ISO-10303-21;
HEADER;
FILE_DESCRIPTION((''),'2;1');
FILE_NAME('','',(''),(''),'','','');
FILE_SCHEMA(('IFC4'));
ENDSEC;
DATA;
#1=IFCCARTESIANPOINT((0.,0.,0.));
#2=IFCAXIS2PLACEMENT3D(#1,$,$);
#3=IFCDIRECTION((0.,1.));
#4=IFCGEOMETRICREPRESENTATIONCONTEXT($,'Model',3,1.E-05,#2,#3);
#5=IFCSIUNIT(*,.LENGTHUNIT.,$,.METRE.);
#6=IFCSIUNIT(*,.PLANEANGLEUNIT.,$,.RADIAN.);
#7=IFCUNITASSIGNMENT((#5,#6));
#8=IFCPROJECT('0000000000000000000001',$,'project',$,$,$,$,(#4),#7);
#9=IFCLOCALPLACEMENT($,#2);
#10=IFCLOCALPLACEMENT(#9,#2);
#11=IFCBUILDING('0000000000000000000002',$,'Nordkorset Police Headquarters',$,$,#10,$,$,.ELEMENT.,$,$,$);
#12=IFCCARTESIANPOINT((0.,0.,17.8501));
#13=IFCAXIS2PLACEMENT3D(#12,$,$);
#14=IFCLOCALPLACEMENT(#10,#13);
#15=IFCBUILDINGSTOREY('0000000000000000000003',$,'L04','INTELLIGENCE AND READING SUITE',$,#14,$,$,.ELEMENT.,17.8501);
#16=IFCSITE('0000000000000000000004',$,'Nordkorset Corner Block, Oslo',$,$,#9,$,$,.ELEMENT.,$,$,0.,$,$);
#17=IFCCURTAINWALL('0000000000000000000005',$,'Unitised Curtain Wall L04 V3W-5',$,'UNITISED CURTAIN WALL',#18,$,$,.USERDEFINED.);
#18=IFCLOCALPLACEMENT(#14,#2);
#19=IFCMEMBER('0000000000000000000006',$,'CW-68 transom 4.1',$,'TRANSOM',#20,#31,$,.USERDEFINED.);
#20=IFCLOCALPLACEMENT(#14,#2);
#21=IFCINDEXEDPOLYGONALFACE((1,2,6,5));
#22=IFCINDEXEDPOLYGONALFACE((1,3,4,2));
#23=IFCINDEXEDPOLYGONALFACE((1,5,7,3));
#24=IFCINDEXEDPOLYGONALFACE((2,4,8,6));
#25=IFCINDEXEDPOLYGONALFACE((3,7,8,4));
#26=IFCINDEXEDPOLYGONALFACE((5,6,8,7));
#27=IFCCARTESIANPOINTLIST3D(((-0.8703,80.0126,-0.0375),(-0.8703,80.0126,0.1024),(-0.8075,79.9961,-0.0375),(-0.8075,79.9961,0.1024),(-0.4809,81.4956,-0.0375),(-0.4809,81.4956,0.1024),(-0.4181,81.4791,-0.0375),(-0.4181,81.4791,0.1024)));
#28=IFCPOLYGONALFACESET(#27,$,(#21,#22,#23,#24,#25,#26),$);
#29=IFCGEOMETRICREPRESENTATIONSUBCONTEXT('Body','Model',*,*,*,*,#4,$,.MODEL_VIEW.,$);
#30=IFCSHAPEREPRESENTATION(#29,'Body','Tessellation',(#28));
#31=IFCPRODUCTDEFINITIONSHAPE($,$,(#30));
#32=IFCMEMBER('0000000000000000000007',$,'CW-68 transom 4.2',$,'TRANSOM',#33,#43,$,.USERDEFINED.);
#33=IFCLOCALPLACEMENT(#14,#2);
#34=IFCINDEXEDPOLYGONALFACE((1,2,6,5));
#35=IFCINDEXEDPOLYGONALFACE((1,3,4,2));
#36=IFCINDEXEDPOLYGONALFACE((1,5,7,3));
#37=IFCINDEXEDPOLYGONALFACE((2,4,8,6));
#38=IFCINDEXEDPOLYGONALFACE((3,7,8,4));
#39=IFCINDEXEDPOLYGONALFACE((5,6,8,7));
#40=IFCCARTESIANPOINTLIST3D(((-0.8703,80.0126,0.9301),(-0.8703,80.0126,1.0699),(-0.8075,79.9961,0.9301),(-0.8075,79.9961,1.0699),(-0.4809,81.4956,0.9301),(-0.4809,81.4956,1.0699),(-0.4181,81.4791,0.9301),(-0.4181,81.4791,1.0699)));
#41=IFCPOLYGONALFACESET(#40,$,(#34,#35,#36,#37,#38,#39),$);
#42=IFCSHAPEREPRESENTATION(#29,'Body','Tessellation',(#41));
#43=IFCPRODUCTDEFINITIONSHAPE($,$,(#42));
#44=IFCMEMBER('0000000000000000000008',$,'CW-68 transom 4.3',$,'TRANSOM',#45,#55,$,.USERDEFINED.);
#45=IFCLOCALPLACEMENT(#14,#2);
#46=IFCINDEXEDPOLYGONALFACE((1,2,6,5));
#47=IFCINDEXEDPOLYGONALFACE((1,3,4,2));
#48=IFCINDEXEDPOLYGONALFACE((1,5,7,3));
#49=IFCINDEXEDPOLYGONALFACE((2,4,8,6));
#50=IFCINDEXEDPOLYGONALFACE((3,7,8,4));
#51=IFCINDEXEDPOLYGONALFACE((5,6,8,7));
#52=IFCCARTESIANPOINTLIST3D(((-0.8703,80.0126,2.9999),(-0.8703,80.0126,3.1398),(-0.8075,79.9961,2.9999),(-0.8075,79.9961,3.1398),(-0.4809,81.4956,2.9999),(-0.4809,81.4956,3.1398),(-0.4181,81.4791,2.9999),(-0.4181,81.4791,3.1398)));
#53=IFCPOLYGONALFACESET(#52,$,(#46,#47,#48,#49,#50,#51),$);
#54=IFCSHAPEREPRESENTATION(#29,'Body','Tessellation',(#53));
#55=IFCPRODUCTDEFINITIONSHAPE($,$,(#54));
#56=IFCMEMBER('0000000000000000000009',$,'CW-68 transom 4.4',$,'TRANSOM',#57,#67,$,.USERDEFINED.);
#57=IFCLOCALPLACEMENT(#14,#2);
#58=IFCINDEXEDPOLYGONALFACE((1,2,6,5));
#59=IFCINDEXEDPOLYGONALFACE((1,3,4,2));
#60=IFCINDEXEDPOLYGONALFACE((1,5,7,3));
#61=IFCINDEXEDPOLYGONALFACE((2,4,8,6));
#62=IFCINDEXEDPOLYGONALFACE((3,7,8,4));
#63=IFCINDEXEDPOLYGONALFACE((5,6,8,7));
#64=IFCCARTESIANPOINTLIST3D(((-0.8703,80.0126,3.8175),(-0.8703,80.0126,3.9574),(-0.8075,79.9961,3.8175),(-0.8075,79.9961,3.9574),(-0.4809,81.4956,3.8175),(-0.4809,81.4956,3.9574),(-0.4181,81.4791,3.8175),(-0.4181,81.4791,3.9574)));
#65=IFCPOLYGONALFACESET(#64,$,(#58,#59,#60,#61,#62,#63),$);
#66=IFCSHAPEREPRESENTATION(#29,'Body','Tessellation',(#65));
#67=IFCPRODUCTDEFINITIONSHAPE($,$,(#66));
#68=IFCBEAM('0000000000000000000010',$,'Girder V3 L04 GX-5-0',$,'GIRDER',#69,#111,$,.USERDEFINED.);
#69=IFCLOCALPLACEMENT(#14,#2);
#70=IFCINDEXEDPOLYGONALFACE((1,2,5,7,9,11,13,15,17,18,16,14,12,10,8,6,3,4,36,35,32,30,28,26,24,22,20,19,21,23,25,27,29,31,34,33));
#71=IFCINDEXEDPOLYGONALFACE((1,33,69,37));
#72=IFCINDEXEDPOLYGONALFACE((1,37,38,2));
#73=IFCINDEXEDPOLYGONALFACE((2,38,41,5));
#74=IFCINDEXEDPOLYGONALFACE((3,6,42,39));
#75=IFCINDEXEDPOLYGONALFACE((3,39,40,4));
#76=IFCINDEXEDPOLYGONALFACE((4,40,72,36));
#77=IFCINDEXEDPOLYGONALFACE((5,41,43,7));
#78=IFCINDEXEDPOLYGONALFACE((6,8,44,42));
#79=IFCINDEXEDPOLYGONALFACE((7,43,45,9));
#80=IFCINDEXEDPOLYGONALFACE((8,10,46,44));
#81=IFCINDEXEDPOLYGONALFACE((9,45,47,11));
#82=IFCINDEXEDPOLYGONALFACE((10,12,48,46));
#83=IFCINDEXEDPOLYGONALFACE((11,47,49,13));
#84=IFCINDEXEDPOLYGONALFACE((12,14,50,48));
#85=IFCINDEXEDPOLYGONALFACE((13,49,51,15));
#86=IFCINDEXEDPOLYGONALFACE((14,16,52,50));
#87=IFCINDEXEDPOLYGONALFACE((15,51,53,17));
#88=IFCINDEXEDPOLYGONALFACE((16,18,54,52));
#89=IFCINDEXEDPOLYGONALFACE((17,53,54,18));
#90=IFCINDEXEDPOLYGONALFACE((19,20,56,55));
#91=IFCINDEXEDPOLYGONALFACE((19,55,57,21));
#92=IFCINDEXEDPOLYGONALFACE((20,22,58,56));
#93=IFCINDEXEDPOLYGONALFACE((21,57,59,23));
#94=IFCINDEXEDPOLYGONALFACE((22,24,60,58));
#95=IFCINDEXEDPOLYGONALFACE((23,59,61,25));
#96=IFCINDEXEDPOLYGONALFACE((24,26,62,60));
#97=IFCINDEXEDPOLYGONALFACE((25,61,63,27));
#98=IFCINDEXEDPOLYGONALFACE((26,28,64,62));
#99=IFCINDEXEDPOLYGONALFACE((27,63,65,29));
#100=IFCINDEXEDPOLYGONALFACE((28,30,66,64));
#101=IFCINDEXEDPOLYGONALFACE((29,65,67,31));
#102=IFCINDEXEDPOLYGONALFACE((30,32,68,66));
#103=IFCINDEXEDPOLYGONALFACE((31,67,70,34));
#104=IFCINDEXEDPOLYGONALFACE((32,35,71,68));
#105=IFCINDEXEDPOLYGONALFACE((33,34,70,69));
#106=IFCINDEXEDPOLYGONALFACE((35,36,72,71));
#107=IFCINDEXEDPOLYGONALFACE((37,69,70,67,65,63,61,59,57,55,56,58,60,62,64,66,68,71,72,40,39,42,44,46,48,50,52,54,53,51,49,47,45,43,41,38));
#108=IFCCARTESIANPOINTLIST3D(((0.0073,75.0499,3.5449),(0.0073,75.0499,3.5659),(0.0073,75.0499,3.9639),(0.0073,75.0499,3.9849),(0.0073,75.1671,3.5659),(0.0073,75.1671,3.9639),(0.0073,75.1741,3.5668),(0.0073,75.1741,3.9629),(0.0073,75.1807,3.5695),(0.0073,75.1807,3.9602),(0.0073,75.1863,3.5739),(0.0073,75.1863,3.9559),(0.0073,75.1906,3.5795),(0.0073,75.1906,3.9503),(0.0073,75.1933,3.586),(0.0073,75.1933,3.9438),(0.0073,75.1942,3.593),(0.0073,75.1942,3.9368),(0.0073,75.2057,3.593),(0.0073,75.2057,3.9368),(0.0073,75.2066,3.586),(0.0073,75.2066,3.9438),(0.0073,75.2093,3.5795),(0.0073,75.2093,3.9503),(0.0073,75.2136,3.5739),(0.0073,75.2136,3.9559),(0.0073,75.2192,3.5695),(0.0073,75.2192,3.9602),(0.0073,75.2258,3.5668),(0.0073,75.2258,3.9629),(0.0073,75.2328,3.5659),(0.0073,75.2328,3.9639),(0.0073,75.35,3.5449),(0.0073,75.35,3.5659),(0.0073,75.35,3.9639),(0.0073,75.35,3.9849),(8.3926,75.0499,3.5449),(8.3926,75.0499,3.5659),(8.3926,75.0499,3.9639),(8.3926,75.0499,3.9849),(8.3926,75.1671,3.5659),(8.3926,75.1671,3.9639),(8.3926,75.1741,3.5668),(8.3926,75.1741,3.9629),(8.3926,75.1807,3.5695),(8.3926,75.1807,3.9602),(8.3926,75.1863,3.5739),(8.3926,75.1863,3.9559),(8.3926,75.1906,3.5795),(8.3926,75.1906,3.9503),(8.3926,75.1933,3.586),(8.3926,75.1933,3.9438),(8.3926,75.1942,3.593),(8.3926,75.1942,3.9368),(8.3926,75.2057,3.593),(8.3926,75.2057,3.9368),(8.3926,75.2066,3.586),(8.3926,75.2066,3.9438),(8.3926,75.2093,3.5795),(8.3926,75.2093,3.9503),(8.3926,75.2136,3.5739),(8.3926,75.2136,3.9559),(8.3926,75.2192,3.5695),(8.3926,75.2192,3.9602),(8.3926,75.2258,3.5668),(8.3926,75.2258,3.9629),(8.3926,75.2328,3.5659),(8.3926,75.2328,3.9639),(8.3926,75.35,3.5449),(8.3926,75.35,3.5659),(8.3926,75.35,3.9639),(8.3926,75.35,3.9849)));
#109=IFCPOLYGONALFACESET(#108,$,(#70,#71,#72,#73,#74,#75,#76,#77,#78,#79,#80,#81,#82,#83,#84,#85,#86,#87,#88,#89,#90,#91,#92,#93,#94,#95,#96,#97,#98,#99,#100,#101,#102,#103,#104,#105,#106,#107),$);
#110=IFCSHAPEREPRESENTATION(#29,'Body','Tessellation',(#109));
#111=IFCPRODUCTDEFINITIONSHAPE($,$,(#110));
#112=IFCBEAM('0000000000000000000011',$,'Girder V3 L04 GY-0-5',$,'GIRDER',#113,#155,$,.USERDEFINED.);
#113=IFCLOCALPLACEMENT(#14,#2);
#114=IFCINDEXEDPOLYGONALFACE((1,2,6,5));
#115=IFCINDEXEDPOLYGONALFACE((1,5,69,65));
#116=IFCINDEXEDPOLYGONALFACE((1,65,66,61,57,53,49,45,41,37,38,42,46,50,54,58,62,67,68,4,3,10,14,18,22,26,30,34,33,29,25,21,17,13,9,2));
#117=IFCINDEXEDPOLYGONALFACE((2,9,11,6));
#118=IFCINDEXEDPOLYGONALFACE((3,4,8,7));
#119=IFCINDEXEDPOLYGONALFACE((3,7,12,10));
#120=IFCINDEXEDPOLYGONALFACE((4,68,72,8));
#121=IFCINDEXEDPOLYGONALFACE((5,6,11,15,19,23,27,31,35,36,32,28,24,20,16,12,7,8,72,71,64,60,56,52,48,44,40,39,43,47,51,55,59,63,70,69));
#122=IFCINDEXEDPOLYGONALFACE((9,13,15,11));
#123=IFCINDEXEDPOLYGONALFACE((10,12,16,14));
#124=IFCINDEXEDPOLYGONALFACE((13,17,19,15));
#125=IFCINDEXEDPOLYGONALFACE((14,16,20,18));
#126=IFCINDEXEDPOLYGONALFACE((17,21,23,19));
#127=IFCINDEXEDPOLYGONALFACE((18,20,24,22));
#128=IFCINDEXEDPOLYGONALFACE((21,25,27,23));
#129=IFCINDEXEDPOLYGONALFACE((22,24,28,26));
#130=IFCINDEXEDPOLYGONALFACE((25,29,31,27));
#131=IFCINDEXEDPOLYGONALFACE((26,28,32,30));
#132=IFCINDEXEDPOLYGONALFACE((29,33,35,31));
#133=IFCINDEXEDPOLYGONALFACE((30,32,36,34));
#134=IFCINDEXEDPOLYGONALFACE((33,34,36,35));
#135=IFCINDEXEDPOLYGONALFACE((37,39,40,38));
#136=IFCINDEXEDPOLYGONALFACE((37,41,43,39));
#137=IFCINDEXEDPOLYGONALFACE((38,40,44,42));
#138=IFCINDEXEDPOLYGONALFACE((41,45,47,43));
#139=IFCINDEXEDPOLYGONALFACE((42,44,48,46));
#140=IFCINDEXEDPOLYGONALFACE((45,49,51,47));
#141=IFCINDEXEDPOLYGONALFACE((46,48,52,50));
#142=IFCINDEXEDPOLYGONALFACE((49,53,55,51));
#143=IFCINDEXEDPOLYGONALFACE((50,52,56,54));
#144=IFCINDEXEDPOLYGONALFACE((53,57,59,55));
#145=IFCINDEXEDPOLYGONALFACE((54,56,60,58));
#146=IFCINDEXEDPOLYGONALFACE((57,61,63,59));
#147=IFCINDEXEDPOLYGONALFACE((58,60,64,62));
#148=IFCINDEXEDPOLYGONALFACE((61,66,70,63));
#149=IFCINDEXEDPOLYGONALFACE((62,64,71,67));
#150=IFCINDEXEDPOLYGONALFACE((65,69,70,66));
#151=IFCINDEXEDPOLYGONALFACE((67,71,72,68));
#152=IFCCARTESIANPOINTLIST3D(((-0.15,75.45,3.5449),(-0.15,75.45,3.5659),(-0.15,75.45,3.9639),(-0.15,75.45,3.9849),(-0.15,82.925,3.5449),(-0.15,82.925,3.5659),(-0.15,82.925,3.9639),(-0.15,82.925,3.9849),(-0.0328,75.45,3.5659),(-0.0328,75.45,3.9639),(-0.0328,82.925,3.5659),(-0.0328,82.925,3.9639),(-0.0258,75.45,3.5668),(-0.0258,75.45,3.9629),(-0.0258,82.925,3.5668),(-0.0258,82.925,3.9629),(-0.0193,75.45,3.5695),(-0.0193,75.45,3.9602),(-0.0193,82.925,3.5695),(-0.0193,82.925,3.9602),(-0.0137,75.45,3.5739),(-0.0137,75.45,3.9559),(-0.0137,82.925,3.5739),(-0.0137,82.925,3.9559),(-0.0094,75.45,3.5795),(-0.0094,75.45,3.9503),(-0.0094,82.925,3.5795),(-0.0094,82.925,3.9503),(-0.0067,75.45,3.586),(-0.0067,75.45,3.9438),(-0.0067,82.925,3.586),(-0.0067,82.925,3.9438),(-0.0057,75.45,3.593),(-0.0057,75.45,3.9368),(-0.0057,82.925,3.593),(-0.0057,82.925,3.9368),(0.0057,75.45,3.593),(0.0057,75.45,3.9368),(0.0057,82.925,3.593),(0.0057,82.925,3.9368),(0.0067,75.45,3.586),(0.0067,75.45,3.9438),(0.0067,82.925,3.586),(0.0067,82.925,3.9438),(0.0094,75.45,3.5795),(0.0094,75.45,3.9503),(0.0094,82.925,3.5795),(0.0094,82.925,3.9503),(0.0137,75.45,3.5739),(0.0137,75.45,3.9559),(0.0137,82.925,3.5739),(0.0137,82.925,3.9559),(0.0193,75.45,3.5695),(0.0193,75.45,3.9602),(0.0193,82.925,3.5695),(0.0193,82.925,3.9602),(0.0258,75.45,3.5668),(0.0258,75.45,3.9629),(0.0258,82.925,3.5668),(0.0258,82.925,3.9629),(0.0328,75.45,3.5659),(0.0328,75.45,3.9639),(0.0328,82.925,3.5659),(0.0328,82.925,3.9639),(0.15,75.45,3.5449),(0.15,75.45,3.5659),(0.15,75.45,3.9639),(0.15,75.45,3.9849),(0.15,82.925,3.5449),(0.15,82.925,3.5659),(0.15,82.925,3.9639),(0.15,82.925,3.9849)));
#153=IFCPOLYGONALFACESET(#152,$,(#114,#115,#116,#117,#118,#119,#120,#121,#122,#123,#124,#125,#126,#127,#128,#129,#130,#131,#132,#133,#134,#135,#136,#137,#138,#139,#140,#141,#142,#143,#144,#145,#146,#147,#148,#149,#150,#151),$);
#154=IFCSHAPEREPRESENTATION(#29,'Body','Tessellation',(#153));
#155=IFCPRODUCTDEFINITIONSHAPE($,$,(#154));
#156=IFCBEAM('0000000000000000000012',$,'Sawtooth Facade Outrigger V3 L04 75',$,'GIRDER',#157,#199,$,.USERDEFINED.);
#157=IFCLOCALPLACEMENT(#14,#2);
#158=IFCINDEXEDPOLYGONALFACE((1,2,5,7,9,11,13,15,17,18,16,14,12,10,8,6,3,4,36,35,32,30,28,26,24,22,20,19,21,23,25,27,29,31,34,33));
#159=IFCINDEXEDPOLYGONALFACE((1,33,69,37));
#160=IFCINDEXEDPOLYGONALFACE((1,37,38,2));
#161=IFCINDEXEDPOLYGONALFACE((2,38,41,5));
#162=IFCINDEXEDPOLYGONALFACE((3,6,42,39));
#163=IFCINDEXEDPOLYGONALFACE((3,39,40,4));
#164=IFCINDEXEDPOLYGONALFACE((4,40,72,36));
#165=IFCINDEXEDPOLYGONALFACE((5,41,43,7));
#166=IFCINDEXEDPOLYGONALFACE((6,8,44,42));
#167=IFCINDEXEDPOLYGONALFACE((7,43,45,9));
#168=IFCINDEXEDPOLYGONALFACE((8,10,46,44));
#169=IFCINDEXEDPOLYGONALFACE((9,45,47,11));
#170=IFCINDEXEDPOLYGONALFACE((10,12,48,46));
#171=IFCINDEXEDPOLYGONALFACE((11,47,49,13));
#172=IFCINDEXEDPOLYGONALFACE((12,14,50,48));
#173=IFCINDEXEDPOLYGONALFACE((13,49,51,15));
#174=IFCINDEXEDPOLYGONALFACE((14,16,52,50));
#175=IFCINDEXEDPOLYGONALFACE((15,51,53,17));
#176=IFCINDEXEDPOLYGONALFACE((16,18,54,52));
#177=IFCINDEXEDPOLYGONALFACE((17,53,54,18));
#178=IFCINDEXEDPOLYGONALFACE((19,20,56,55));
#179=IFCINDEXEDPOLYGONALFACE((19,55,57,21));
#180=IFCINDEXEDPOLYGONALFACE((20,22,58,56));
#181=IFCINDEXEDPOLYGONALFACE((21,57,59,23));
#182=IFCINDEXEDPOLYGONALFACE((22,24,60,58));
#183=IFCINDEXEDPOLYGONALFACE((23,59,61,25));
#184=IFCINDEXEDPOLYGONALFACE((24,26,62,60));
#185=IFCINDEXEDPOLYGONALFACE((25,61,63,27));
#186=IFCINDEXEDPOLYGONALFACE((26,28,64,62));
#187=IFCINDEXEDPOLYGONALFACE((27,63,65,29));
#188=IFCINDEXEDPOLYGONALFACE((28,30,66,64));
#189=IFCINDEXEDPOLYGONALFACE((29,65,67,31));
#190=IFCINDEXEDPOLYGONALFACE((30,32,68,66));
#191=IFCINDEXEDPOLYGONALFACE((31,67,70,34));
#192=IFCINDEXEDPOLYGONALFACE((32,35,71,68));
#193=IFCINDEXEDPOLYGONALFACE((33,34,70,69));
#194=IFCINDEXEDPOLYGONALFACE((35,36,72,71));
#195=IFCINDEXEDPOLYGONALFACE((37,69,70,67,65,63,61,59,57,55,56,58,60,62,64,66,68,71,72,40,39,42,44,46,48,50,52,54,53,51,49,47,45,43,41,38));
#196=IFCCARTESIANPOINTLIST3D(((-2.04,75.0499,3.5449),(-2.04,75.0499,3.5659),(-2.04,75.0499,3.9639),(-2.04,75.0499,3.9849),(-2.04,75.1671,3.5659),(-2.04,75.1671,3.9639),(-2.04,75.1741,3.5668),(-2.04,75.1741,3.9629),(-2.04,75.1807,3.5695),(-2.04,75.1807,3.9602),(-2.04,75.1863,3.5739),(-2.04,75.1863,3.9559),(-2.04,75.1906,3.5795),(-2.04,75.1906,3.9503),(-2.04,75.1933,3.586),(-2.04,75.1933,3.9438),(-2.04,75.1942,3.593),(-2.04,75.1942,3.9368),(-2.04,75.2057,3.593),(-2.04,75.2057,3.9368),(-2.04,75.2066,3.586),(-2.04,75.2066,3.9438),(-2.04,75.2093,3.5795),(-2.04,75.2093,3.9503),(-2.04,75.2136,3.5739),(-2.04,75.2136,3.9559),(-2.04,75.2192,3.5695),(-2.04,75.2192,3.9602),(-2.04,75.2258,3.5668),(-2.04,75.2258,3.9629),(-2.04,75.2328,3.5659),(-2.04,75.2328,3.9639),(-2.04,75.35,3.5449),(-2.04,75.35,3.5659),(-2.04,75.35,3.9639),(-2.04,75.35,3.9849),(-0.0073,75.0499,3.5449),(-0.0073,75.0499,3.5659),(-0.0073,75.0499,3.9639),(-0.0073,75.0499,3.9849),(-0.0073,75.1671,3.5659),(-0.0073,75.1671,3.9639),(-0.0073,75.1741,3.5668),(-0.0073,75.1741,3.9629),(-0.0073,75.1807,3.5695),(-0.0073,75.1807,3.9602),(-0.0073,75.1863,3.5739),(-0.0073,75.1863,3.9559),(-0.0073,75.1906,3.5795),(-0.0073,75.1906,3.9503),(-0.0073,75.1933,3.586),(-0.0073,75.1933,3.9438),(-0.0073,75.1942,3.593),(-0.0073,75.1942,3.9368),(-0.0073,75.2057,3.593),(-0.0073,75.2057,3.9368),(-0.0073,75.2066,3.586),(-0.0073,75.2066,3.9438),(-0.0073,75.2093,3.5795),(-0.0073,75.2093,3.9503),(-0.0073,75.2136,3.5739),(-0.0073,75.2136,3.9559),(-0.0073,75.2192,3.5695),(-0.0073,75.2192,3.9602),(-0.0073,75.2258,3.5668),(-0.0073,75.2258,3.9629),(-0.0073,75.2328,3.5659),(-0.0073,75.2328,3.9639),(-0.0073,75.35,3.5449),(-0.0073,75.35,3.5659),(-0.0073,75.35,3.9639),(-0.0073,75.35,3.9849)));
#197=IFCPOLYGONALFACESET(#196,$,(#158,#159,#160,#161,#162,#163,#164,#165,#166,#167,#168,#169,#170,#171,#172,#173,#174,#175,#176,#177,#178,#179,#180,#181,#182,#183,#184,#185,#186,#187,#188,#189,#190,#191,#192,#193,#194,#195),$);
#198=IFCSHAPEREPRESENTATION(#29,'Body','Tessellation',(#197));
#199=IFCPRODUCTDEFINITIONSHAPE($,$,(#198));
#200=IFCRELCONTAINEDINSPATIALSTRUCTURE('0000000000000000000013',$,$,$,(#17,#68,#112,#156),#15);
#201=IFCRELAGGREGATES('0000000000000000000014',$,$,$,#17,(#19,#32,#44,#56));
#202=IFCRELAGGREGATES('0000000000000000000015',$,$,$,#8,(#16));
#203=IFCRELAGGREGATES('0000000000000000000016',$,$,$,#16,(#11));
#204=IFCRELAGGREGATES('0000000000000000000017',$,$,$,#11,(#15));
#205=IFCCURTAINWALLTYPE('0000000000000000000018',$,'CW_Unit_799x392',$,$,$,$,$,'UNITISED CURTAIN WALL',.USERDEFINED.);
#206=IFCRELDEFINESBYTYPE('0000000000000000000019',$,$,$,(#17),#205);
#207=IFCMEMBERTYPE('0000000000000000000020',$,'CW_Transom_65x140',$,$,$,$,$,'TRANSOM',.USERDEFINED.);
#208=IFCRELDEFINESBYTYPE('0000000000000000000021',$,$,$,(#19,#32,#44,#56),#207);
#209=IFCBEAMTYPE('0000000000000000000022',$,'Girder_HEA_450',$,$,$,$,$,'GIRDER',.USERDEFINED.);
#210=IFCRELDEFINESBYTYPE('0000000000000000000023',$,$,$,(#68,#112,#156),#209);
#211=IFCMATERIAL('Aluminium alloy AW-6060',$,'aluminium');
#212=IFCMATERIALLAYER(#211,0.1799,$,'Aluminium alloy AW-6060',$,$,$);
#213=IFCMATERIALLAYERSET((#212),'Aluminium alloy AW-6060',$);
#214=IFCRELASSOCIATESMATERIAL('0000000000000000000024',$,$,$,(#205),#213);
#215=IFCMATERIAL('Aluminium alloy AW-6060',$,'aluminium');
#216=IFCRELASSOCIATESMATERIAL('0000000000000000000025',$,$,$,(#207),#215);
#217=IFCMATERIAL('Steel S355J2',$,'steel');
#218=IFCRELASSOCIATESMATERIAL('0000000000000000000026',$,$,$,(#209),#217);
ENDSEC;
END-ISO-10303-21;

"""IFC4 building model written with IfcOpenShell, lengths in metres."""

from ifc_helpers import new_model, si_unit, direction, frame, origin, origin_2d, place, context, subcontext, project, spatial, rectangle, i_section, extrude, material, layer, layer_set, material_profile, profile_set, type_object, element, aggregate, save


model = new_model("IFC4")

# Units and contexts
model_context = context("Model", 3, precision=1e-05, world=origin(), true_north=direction((0.0, 1.0)))
body_context = subcontext(model_context, "Body", "Model", "MODEL_VIEW")
ifc_project = project(units=[si_unit("LENGTHUNIT", "METRE"), si_unit("PLANEANGLEUNIT", "RADIAN")], contexts=[model_context])

# Site, building, storey
site_placement = place(None, origin())
site = spatial("IfcSite", under=ifc_project, at=site_placement, Name="Nordkorset Corner Block, Oslo", CompositionType="ELEMENT", RefElevation=0.0)
building_placement = place(site_placement, origin())
building = spatial("IfcBuilding", under=site, at=building_placement, Name="Nordkorset Police Headquarters", CompositionType="ELEMENT")
storey_placement = place(building_placement, frame((0.0, 0.0, 17.8501)))
storey = spatial("IfcBuildingStorey", under=building, at=storey_placement, Name="L04", Description="INTELLIGENCE AND READING SUITE", CompositionType="ELEMENT", Elevation=17.8501)

# Curtain wall
ifc_material_1 = material(Name="Aluminium alloy AW-6060", Category="aluminium")
ifc_layer_1 = layer(ifc_material_1, 0.1799, Name="Aluminium alloy AW-6060")
ifc_layer_set_1 = layer_set([ifc_layer_1], Name="Aluminium alloy AW-6060")
curtain_wall_type_1 = type_object("IfcCurtainWallType", Name="CW_Unit_799x392", ElementType="UNITISED CURTAIN WALL", PredefinedType="USERDEFINED", material=ifc_layer_set_1)
curtain_wall_1_placement = place(storey_placement, origin())
curtain_wall_1 = element("IfcCurtainWall", 1, at=curtain_wall_1_placement, inside=storey, type_object=curtain_wall_type_1, Name="Unitised Curtain Wall L04 V3W-5", ObjectType="UNITISED CURTAIN WALL", PredefinedType="USERDEFINED")

# Members
ifc_material_2 = material(Name="Aluminium alloy AW-6060", Category="aluminium")
ifc_material_profile_1 = material_profile(ifc_material_2, rectangle(XDim=0.0649, YDim=0.1399, at=origin_2d()), Name="ALU TRAN 65x140")
ifc_profile_set_1 = profile_set([ifc_material_profile_1], Name="Aluminium alloy AW-6060")
member_type_1 = type_object("IfcMemberType", Name="CW_Transom_65x140", ElementType="TRANSOM", PredefinedType="USERDEFINED", material=ifc_profile_set_1)
member_1_placement = place(storey_placement, frame((-0.8389, 80.0044, 0.0325), z_axis=(0.253984, 0.967208, 0.0), x_axis=(-0.967208, 0.253984, 0.0)))
member_1 = element("IfcMember", 2, at=member_1_placement, type_object=member_type_1, Name="CW-68 transom 4.1", ObjectType="TRANSOM", PredefinedType="USERDEFINED", context=body_context, shape_type="SweptSolid", body=[
    extrude(rectangle(XDim=0.0649, YDim=0.1399, at=origin_2d()), origin(), (0.0, 0.0, 1.0), 1.5332),
])
member_2_placement = place(storey_placement, frame((-0.8389, 80.0044, 1.0), z_axis=(0.253984, 0.967208, 0.0), x_axis=(-0.967208, 0.253984, 0.0)))
member_2 = element("IfcMember", 3, at=member_2_placement, type_object=member_type_1, Name="CW-68 transom 4.2", ObjectType="TRANSOM", PredefinedType="USERDEFINED", context=body_context, shape_type="SweptSolid", body=[
    extrude(rectangle(XDim=0.0649, YDim=0.1399, at=origin_2d()), origin(), (0.0, 0.0, 1.0), 1.5332),
])
member_3_placement = place(storey_placement, frame((-0.8389, 80.0044, 3.0698), z_axis=(0.253984, 0.967208, 0.0), x_axis=(-0.967208, 0.253984, 0.0)))
member_3 = element("IfcMember", 4, at=member_3_placement, type_object=member_type_1, Name="CW-68 transom 4.3", ObjectType="TRANSOM", PredefinedType="USERDEFINED", context=body_context, shape_type="SweptSolid", body=[
    extrude(rectangle(XDim=0.0649, YDim=0.1399, at=origin_2d()), origin(), (0.0, 0.0, 1.0), 1.5332),
])
member_4_placement = place(storey_placement, frame((-0.8389, 80.0044, 3.8875), z_axis=(0.253984, 0.967208, 0.0), x_axis=(-0.967208, 0.253984, 0.0)))
member_4 = element("IfcMember", 5, at=member_4_placement, type_object=member_type_1, Name="CW-68 transom 4.4", ObjectType="TRANSOM", PredefinedType="USERDEFINED", context=body_context, shape_type="SweptSolid", body=[
    extrude(rectangle(XDim=0.0649, YDim=0.1399, at=origin_2d()), origin(), (0.0, 0.0, 1.0), 1.5332),
])

# Beams
ifc_material_3 = material(Name="Steel S355J2", Category="steel")
ifc_material_profile_2 = material_profile(ifc_material_3, i_section(OverallWidth=0.3, OverallDepth=0.4399, WebThickness=0.0115, FlangeThickness=0.021, FilletRadius=0.0271, at=origin_2d()), Name="HEA 450")
ifc_profile_set_2 = profile_set([ifc_material_profile_2], Name="Steel S355J2")
beam_type_1 = type_object("IfcBeamType", Name="Girder_HEA_450", ElementType="GIRDER", PredefinedType="USERDEFINED", material=ifc_profile_set_2)
beam_1_placement = place(storey_placement, frame((0.0073, 75.2, 3.7649), z_axis=(1.0, 0.0, 0.0), x_axis=(0.0, 1.0, 0.0)))
element("IfcBeam", 6, at=beam_1_placement, inside=storey, type_object=beam_type_1, Name="Girder V3 L04 GX-5-0", ObjectType="GIRDER", PredefinedType="USERDEFINED", context=body_context, shape_type="SweptSolid", body=[
    extrude(i_section(OverallWidth=0.3, OverallDepth=0.4399, WebThickness=0.0115, FlangeThickness=0.021, FilletRadius=0.0271, at=origin_2d()), origin(), (0.0, 0.0, 1.0), 8.3853),
])
beam_2_placement = place(storey_placement, frame((0.0, 75.45, 3.7649), z_axis=(0.0, 1.0, 0.0), x_axis=(-1.0, 0.0, 0.0)))
element("IfcBeam", 7, at=beam_2_placement, inside=storey, type_object=beam_type_1, Name="Girder V3 L04 GY-0-5", ObjectType="GIRDER", PredefinedType="USERDEFINED", context=body_context, shape_type="SweptSolid", body=[
    extrude(i_section(OverallWidth=0.3, OverallDepth=0.4399, WebThickness=0.0115, FlangeThickness=0.021, FilletRadius=0.0271, at=origin_2d()), origin(), (0.0, 0.0, 1.0), 7.4751),
])
beam_3_placement = place(storey_placement, frame((-0.0073, 75.2, 3.7649), z_axis=(-1.0, 0.0, 0.0), x_axis=(0.0, -1.0, 0.0)))
element("IfcBeam", 8, at=beam_3_placement, inside=storey, type_object=beam_type_1, Name="Sawtooth Facade Outrigger V3 L04 75", ObjectType="GIRDER", PredefinedType="USERDEFINED", context=body_context, shape_type="SweptSolid", body=[
    extrude(i_section(OverallWidth=0.3, OverallDepth=0.4399, WebThickness=0.0115, FlangeThickness=0.021, FilletRadius=0.0271, at=origin_2d()), origin(), (0.0, 0.0, 1.0), 2.0327),
])

aggregate(curtain_wall_1, [member_1, member_2, member_3, member_4])

save(model, "model.ifc")
